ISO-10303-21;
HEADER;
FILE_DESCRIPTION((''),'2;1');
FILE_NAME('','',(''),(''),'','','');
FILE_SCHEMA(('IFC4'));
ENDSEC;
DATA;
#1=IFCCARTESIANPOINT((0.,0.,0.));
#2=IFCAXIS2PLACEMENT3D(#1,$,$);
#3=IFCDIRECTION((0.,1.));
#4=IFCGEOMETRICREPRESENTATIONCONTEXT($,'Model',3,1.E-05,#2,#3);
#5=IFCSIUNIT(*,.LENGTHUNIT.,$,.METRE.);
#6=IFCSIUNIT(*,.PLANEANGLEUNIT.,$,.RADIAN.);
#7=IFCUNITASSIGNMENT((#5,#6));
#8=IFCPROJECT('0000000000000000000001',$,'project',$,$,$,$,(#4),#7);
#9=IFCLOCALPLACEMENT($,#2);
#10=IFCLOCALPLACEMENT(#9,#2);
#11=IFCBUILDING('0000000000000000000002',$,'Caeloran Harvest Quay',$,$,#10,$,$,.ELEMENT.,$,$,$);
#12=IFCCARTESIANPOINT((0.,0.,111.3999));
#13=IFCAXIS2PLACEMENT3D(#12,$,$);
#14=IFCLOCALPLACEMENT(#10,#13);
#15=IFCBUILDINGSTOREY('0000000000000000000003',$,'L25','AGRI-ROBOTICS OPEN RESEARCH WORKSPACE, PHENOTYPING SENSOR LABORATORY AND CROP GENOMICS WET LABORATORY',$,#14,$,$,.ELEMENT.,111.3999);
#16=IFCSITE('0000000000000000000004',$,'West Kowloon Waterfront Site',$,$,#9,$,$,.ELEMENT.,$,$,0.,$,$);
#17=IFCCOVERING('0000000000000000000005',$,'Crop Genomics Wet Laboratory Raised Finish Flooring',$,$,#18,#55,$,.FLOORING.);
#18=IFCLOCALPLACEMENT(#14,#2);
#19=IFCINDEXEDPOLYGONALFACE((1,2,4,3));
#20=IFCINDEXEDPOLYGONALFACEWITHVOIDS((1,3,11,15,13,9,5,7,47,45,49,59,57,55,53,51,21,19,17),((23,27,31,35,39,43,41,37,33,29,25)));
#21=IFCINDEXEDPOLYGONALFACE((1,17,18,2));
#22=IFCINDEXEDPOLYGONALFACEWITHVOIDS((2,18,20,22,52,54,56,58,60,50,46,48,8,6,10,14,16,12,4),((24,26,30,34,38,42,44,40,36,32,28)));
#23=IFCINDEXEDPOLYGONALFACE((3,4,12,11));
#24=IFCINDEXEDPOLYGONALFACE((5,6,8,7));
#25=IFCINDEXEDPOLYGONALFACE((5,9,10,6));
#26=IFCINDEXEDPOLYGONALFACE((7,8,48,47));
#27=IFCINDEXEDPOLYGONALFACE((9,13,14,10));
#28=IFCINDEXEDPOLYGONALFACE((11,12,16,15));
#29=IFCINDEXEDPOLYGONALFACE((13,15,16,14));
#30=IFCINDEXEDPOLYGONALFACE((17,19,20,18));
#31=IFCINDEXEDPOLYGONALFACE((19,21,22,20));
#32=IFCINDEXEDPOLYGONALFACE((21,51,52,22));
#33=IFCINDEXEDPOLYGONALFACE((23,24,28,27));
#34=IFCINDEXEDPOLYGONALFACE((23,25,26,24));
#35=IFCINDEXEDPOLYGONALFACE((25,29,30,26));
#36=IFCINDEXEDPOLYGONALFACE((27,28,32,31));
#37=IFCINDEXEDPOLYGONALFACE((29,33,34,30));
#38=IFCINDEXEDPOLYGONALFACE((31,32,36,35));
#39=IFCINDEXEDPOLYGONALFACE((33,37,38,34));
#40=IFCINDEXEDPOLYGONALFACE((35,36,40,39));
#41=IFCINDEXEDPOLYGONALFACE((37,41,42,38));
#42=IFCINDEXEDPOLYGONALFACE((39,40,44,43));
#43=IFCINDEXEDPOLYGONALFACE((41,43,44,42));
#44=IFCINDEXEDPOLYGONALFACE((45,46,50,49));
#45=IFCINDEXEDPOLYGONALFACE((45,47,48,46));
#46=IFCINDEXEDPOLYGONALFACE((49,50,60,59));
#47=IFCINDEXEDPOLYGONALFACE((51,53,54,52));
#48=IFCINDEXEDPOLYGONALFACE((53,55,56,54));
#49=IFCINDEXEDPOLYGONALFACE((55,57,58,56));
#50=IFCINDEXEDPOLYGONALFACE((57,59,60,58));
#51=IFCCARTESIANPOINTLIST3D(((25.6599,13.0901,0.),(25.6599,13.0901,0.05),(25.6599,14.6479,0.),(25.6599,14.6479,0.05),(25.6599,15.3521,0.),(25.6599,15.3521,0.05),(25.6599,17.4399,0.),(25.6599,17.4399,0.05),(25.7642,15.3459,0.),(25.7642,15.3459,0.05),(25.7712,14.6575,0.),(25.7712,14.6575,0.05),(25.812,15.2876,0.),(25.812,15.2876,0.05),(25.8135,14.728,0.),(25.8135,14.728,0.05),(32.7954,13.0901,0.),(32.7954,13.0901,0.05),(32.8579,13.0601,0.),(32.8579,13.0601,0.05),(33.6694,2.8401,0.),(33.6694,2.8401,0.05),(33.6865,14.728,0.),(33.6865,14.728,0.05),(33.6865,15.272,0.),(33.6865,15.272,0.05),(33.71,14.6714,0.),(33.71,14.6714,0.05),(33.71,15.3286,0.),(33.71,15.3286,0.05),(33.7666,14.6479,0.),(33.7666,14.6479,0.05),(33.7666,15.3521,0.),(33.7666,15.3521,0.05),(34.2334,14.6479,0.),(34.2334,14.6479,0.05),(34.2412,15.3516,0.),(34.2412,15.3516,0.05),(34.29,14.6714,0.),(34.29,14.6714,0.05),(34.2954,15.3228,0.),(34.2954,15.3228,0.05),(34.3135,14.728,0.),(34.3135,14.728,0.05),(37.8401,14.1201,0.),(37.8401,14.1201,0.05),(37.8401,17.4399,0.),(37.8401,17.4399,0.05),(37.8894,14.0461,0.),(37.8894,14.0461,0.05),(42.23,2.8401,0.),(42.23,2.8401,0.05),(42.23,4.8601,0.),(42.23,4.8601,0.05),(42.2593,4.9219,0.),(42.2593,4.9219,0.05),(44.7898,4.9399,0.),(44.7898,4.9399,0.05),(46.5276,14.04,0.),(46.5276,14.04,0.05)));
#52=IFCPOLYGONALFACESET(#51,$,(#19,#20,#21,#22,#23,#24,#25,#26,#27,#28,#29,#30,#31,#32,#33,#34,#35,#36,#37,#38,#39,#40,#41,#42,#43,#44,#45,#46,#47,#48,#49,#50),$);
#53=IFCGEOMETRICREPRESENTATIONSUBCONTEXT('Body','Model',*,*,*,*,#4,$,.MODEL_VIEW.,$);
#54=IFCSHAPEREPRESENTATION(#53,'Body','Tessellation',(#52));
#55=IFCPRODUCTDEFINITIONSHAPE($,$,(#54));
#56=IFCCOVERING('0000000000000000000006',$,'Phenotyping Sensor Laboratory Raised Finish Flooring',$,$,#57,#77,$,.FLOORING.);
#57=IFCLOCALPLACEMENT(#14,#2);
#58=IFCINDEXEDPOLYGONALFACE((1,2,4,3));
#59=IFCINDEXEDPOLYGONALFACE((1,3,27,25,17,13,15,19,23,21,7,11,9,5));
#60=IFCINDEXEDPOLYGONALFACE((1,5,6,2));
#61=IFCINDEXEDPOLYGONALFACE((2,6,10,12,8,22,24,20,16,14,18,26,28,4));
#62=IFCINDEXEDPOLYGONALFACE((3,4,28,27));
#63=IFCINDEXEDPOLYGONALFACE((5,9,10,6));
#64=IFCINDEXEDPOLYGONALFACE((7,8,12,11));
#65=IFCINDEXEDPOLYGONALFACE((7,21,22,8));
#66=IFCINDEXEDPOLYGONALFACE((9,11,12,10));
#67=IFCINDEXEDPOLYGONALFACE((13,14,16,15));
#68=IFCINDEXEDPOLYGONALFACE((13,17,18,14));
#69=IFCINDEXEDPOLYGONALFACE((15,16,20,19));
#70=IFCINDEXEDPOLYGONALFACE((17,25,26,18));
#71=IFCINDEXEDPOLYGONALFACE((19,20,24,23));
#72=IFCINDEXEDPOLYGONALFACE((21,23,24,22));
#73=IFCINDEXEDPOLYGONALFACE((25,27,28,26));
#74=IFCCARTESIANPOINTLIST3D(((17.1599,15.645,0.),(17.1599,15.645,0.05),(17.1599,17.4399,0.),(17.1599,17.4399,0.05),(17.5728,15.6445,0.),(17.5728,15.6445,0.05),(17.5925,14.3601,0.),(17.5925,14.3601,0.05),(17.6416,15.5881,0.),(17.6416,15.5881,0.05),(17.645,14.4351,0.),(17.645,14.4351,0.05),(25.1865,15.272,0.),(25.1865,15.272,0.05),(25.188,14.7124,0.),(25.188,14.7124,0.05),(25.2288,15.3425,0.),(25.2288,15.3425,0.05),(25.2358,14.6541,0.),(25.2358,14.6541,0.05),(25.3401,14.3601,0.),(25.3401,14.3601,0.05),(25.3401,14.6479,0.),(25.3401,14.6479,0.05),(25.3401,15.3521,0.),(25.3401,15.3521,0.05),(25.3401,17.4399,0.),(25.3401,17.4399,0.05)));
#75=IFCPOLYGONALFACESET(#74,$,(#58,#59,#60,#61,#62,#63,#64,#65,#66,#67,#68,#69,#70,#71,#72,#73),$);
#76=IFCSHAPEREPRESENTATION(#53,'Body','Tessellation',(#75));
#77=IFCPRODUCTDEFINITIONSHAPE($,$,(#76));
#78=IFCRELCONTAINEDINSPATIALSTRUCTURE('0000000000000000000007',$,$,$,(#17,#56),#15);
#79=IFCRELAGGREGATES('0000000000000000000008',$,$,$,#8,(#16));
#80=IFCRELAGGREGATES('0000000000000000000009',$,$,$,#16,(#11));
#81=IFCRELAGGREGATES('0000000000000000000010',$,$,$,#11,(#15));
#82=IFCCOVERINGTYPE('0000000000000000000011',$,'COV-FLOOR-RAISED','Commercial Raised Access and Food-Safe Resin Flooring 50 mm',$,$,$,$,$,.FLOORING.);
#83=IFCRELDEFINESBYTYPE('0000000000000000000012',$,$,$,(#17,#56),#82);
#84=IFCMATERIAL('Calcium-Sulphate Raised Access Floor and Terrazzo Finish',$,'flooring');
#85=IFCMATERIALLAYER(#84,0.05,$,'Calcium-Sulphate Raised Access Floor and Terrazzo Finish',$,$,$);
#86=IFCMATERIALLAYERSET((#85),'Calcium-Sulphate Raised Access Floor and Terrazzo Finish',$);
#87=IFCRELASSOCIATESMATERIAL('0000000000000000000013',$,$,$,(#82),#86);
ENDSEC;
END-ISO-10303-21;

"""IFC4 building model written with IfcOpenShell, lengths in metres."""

from ifc_helpers import new_model, si_unit, direction, frame, origin, place, context, subcontext, project, spatial, polyline, outline, extrude, material, layer, layer_set, type_object, element, save


model = new_model("IFC4")

# Units and contexts
model_context = context("Model", 3, precision=1e-05, world=origin(), true_north=direction((0.0, 1.0)))
body_context = subcontext(model_context, "Body", "Model", "MODEL_VIEW")
ifc_project = project(units=[si_unit("LENGTHUNIT", "METRE"), si_unit("PLANEANGLEUNIT", "RADIAN")], contexts=[model_context])

# Site, building, storey
site_placement = place(None, origin())
site = spatial("IfcSite", under=ifc_project, at=site_placement, Name="West Kowloon Waterfront Site", CompositionType="ELEMENT", RefElevation=0.0)
building_placement = place(site_placement, origin())
building = spatial("IfcBuilding", under=site, at=building_placement, Name="Caeloran Harvest Quay", CompositionType="ELEMENT")
storey_placement = place(building_placement, frame((0.0, 0.0, 111.3999)))
storey = spatial("IfcBuildingStorey", under=building, at=storey_placement, Name="L25", Description="AGRI-ROBOTICS OPEN RESEARCH WORKSPACE, PHENOTYPING SENSOR LABORATORY AND CROP GENOMICS WET LABORATORY", CompositionType="ELEMENT", Elevation=111.3999)

# Coverings
ifc_material_1 = material(Name="Calcium-Sulphate Raised Access Floor and Terrazzo Finish", Category="flooring")
ifc_layer_1 = layer(ifc_material_1, 0.05, Name="Calcium-Sulphate Raised Access Floor and Terrazzo Finish")
ifc_layer_set_1 = layer_set([ifc_layer_1], Name="Calcium-Sulphate Raised Access Floor and Terrazzo Finish")
covering_type_1 = type_object("IfcCoveringType", Name="COV-FLOOR-RAISED", Description="Commercial Raised Access and Food-Safe Resin Flooring 50 mm", PredefinedType="FLOORING", material=ifc_layer_set_1)
covering_1_placement = place(storey_placement, origin())
element("IfcCovering", 1, at=covering_1_placement, inside=storey, type_object=covering_type_1, Name="Crop Genomics Wet Laboratory Raised Finish Flooring", PredefinedType="FLOORING", context=body_context, shape_type="SweptSolid", body=[
    extrude(outline(polyline([(25.6599, 13.0901), (25.6599, 14.6479), (25.7712, 14.6575), (25.8135, 14.728), (25.812, 15.2876), (25.7642, 15.3459), (25.6599, 15.3521), (25.6599, 17.4399), (37.8401, 17.4399), (37.8401, 14.1201), (37.8894, 14.0461), (46.5276, 14.04), (44.7898, 4.9399), (42.2593, 4.9219), (42.23, 4.8601), (42.23, 2.8401), (33.6694, 2.8401), (32.8579, 13.0601), (32.7954, 13.0901), (25.6599, 13.0901)]), holes=[polyline([(34.3135, 14.728), (34.2954, 15.3228), (34.2412, 15.3516), (33.7666, 15.3521), (33.71, 15.3286), (33.6865, 15.272), (33.6865, 14.728), (33.71, 14.6714), (33.7666, 14.6479), (34.2334, 14.6479), (34.29, 14.6714), (34.3135, 14.728)])]), origin(), (0.0, 0.0, 1.0), 0.05),
])
covering_2_placement = place(storey_placement, origin())
element("IfcCovering", 2, at=covering_2_placement, inside=storey, type_object=covering_type_1, Name="Phenotyping Sensor Laboratory Raised Finish Flooring", PredefinedType="FLOORING", context=body_context, shape_type="SweptSolid", body=[
    extrude(outline(polyline([(17.5925, 14.3601), (17.645, 14.4351), (17.6416, 15.5881), (17.5728, 15.6445), (17.1599, 15.645), (17.1599, 17.4399), (25.3401, 17.4399), (25.3401, 15.3521), (25.2288, 15.3425), (25.1865, 15.272), (25.188, 14.7124), (25.2358, 14.6541), (25.3401, 14.6479), (25.3401, 14.3601), (17.5925, 14.3601)])), origin(), (0.0, 0.0, 1.0), 0.05),
])

save(model, "model.ifc")
